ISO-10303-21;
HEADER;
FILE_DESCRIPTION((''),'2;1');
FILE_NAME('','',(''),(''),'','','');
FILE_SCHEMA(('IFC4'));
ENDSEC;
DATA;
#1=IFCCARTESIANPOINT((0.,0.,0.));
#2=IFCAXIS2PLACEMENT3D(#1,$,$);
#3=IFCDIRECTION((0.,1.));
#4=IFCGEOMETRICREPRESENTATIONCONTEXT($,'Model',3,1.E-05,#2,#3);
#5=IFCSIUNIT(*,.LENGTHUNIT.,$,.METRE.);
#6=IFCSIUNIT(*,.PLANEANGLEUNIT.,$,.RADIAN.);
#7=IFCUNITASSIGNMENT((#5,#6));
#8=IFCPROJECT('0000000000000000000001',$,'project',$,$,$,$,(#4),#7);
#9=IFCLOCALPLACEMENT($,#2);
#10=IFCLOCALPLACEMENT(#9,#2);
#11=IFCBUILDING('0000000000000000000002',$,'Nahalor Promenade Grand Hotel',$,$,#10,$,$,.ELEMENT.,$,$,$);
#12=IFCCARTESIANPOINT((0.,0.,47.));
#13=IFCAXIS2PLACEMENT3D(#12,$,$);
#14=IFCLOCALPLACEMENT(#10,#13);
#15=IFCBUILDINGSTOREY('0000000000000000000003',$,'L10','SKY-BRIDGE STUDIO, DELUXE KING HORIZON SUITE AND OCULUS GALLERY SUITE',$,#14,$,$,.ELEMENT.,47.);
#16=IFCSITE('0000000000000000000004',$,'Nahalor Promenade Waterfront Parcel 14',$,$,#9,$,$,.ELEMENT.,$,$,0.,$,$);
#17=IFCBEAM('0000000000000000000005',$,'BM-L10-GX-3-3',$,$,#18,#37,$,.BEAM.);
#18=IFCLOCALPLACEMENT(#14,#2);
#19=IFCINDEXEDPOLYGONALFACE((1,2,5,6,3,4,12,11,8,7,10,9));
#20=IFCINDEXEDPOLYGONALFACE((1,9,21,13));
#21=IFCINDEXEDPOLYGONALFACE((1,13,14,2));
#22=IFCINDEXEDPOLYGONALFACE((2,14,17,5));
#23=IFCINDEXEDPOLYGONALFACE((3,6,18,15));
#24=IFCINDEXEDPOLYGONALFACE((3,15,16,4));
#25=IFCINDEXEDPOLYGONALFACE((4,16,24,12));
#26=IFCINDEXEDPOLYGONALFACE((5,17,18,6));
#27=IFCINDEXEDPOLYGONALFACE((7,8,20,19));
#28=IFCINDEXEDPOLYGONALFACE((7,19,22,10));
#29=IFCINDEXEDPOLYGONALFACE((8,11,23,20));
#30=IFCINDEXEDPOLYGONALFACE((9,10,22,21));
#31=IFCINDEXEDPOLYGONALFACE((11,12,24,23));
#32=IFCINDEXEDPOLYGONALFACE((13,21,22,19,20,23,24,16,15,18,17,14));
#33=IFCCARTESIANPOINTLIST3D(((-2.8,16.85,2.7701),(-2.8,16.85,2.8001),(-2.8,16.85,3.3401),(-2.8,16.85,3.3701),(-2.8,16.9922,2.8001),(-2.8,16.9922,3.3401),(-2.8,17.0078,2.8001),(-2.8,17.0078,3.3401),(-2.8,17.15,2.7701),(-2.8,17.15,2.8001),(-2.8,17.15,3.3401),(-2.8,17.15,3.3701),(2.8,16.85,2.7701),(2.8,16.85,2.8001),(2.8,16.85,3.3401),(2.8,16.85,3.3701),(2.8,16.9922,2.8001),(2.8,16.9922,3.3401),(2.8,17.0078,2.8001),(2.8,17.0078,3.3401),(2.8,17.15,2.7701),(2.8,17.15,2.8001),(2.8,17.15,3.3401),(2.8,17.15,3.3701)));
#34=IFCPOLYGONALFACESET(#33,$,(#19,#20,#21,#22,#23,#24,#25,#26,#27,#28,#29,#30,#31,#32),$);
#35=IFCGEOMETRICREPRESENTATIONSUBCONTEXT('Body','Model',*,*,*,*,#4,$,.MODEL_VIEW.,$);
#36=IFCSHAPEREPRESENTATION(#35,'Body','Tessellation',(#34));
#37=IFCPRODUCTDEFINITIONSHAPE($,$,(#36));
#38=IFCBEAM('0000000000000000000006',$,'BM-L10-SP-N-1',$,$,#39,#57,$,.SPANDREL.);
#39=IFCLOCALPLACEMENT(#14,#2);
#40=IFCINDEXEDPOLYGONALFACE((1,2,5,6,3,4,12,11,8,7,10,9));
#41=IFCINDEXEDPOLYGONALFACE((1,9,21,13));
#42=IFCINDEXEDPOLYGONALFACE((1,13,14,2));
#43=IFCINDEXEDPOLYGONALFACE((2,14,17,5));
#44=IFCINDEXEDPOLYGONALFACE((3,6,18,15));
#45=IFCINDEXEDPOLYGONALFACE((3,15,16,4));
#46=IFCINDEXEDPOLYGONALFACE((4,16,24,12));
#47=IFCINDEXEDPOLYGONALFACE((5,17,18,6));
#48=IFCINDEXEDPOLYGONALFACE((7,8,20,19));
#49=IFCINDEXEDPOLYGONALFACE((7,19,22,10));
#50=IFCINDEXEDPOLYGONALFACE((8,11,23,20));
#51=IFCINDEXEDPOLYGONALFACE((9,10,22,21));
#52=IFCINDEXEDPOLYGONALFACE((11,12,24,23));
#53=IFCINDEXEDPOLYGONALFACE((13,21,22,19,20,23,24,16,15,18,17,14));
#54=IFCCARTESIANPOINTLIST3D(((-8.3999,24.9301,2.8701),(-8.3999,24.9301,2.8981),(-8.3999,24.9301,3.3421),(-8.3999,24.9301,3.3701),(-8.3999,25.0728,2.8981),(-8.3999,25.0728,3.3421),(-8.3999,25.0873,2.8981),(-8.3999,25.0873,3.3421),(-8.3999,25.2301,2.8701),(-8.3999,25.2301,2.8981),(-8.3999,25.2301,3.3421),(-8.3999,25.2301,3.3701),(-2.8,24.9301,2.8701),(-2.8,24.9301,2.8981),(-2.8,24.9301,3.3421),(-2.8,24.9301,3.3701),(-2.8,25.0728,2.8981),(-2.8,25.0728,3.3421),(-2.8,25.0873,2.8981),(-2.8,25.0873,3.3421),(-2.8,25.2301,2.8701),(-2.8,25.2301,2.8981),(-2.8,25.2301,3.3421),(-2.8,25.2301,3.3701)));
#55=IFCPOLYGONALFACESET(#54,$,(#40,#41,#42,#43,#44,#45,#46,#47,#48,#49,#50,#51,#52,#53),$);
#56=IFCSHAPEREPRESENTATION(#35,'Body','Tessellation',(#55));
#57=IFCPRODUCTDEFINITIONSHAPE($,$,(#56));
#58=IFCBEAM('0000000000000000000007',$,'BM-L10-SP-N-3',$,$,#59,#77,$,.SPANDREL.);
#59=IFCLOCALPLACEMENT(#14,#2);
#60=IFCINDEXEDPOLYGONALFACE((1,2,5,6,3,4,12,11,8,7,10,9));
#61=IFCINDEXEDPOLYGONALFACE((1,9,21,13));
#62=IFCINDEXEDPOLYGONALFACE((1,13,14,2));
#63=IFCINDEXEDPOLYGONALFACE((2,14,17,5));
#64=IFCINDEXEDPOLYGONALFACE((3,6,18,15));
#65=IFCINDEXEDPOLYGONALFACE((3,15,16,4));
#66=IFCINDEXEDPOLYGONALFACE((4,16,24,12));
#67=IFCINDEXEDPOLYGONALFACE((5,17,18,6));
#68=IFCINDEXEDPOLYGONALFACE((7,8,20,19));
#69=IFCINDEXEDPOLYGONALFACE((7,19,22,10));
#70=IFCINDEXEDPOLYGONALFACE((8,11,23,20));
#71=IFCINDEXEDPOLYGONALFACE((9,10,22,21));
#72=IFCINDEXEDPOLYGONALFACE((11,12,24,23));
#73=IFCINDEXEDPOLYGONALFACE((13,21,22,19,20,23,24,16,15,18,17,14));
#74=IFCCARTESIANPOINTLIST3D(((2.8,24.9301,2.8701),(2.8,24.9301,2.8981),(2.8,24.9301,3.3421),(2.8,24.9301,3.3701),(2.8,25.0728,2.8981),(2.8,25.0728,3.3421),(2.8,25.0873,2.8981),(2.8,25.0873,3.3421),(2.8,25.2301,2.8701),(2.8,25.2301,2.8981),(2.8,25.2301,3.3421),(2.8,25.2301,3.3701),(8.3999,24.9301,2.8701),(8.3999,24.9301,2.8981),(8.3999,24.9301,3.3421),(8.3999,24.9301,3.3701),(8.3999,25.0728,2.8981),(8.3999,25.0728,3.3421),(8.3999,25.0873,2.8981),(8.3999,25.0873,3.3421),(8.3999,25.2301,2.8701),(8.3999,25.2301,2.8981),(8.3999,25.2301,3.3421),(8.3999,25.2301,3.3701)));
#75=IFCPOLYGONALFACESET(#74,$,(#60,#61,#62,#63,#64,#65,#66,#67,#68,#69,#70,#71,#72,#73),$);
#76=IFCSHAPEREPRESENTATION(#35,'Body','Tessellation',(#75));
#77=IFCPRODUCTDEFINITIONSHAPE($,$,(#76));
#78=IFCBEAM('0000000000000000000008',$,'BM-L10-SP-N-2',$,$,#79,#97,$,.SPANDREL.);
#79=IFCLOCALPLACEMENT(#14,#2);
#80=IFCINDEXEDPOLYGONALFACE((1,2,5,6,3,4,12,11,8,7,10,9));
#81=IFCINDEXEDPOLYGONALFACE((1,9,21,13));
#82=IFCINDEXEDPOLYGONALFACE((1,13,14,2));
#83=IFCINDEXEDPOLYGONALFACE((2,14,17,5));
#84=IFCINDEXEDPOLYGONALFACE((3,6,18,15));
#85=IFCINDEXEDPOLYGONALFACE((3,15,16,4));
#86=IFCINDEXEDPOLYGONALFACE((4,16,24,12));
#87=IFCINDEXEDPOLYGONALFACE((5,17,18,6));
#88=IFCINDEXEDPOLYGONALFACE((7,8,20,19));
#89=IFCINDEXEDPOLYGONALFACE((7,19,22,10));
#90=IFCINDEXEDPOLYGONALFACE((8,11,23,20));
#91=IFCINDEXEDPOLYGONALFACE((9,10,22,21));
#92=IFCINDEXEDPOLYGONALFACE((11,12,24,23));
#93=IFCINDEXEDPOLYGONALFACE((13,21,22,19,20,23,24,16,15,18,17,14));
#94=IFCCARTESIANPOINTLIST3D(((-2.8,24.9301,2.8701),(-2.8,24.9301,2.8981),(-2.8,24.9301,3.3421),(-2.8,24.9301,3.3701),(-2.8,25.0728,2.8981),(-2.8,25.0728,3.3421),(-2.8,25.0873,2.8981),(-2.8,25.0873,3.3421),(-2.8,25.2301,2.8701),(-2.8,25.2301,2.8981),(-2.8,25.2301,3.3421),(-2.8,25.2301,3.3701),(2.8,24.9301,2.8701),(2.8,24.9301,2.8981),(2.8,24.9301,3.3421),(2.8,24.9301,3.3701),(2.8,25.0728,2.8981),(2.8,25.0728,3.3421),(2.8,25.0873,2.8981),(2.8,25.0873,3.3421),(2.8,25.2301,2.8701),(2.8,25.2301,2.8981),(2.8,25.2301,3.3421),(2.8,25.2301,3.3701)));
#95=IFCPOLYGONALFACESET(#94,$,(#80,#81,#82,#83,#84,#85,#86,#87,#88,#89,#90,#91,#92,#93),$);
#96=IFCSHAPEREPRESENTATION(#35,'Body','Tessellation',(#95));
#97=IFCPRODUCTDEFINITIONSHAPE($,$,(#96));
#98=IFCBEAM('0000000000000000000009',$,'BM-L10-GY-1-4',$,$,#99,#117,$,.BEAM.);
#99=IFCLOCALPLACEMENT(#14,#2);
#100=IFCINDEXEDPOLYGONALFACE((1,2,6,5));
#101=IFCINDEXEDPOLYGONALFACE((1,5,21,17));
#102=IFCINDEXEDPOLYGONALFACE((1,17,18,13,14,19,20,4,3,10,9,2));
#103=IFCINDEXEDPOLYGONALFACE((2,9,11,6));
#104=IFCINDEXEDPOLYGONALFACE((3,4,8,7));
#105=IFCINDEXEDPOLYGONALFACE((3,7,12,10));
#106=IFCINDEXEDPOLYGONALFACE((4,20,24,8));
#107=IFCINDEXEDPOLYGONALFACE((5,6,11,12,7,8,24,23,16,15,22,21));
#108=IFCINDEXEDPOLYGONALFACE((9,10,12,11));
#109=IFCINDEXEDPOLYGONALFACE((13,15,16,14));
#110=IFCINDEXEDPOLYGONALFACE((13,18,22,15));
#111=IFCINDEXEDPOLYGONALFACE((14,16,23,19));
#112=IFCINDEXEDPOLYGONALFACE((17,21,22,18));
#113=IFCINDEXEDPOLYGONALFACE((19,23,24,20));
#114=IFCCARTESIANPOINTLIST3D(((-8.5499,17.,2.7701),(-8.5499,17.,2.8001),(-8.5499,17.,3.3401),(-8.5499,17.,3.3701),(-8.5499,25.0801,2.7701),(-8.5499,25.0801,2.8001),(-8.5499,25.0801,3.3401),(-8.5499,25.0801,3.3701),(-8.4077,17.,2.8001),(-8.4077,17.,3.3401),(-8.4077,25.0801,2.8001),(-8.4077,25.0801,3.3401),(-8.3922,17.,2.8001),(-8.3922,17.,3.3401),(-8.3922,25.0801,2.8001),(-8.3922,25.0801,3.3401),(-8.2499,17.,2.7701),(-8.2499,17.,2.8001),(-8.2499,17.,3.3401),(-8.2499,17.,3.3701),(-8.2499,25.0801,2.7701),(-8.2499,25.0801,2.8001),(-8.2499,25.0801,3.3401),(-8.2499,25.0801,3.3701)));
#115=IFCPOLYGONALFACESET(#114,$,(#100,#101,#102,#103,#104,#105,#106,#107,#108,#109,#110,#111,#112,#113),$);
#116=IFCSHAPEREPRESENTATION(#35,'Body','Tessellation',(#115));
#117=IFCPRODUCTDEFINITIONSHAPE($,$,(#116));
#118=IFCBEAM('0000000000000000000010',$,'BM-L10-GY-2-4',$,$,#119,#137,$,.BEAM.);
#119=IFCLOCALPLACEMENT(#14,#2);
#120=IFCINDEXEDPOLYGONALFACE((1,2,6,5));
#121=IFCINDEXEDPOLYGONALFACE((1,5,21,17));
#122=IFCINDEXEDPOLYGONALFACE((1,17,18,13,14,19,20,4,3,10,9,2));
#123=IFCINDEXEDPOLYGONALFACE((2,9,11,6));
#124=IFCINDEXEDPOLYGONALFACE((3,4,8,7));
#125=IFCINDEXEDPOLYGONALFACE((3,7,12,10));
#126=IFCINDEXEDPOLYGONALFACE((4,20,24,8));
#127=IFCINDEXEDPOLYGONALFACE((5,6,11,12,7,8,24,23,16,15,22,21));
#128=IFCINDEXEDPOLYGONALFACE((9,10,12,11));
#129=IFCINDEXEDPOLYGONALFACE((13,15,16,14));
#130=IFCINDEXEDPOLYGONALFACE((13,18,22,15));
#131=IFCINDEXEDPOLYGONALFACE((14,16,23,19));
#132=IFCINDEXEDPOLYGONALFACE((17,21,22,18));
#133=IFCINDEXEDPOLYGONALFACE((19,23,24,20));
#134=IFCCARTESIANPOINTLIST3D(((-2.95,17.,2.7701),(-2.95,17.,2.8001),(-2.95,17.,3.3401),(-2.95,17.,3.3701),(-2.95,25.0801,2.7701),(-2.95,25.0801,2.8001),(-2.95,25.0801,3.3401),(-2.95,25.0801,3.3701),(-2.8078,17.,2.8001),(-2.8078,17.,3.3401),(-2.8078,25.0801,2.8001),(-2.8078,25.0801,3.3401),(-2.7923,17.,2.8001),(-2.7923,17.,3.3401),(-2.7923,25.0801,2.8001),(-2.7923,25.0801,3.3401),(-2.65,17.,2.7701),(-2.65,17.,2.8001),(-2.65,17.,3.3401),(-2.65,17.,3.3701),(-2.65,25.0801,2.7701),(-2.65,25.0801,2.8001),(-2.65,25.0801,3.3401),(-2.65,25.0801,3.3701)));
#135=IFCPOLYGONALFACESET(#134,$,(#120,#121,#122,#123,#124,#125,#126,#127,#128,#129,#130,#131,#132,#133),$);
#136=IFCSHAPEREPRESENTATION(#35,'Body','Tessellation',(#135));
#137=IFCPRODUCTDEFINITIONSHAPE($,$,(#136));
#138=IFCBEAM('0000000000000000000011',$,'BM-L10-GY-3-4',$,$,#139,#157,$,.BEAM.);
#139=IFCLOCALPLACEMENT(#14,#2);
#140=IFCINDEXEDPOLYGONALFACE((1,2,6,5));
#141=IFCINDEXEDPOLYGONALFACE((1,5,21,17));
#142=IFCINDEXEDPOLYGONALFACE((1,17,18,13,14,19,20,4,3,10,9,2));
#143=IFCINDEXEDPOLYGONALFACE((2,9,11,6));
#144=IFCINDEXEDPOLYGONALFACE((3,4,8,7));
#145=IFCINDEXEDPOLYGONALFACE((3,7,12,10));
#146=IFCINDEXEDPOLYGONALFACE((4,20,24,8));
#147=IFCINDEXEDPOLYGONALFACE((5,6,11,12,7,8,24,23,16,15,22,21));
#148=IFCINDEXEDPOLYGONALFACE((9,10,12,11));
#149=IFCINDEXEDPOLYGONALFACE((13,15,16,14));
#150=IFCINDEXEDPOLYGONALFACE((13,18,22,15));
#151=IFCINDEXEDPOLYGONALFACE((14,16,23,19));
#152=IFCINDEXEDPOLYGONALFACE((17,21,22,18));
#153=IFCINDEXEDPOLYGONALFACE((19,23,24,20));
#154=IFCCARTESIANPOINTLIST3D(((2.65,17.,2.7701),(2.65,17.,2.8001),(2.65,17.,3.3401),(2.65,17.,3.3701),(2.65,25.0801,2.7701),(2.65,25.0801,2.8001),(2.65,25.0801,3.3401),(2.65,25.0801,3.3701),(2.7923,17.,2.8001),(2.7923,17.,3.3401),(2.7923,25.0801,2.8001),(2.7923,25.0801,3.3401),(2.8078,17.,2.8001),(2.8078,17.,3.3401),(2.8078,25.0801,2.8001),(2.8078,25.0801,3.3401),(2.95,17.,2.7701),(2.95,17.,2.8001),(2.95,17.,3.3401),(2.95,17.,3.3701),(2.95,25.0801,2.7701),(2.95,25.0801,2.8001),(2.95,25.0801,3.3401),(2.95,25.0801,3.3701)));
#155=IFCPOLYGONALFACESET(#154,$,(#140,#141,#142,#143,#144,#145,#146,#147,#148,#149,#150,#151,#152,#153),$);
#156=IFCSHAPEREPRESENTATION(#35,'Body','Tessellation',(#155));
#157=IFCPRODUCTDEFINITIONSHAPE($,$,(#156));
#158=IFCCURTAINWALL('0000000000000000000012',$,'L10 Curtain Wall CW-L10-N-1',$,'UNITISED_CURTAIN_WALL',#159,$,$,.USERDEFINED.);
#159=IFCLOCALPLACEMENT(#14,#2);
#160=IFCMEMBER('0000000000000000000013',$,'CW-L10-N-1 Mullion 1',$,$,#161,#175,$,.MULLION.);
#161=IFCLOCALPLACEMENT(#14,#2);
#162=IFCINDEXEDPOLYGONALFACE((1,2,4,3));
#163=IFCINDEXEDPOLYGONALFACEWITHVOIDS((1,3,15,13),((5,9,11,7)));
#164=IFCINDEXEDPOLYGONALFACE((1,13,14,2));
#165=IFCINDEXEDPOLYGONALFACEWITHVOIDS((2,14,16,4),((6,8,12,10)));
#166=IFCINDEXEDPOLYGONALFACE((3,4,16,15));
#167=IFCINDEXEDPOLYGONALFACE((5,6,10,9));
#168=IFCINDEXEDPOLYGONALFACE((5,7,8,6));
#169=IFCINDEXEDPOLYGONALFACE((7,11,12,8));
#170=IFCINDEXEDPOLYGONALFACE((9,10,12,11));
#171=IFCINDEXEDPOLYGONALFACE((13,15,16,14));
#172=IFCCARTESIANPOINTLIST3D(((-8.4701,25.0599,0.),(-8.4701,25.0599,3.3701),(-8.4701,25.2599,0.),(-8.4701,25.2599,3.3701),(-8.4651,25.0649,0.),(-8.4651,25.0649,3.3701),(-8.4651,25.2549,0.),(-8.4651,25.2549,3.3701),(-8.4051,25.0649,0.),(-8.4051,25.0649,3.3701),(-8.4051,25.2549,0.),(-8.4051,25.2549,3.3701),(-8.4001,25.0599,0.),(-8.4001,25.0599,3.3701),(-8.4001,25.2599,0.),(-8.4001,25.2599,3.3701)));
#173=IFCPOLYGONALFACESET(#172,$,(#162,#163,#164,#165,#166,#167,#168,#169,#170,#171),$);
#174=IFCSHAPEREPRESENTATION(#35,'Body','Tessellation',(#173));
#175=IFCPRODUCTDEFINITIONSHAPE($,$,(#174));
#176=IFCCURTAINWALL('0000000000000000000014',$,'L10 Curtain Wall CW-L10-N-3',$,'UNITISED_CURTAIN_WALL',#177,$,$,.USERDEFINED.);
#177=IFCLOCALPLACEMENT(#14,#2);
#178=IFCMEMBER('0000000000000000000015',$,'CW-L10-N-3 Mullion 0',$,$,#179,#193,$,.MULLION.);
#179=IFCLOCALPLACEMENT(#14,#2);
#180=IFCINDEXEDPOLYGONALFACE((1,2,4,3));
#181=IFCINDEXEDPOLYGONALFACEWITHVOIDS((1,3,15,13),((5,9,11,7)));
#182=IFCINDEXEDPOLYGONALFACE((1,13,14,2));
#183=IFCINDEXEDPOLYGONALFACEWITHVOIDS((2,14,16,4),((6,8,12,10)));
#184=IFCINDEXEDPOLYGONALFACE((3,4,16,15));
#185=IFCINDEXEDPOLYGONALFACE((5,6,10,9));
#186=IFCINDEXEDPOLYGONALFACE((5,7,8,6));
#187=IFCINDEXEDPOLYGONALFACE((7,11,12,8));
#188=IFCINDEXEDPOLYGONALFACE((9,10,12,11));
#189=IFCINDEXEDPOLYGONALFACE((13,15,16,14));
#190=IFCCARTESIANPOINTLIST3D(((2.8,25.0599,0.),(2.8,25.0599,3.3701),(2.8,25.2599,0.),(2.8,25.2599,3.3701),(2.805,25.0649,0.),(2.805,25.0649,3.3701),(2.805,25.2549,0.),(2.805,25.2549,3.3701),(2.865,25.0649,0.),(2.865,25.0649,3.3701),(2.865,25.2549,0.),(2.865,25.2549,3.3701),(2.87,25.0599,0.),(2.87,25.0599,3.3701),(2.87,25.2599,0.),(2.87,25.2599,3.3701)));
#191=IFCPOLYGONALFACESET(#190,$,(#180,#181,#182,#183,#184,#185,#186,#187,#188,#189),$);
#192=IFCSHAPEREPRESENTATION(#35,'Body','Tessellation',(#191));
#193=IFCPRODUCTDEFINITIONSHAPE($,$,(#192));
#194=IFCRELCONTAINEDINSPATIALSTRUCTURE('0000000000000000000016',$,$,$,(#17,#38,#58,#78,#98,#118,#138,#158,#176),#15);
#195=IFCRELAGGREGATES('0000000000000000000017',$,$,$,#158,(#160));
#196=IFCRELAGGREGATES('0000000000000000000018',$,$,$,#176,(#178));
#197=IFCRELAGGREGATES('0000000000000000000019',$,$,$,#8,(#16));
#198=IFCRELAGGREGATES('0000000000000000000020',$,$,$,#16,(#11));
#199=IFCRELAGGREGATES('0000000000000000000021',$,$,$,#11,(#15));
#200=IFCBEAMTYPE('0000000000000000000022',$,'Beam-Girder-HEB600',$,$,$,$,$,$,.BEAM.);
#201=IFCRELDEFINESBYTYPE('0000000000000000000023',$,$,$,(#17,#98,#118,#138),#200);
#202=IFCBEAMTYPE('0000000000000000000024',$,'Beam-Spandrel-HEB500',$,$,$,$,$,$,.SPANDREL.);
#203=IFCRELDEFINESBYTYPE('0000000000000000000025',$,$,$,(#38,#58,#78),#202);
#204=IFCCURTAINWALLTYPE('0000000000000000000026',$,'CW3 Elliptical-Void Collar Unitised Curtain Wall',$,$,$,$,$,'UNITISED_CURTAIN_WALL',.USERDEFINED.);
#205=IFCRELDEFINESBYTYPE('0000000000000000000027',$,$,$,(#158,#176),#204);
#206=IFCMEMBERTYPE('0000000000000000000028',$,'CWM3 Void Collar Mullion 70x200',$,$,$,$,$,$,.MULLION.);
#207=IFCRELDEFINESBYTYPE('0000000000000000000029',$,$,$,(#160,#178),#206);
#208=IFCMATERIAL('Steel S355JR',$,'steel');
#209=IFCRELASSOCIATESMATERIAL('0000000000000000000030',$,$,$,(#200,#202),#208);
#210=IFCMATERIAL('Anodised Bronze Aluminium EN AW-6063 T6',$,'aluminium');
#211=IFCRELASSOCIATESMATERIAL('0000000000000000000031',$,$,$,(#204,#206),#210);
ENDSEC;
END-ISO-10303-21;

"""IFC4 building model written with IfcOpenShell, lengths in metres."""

from ifc_helpers import new_model, si_unit, direction, frame, origin, origin_2d, place, context, subcontext, project, spatial, hollow_rectangle, i_section, extrude, source, transform, mapped, material, material_profile, profile_set, type_object, element, aggregate, save


model = new_model("IFC4")

# Units and contexts
model_context = context("Model", 3, precision=1e-05, world=origin(), true_north=direction((0.0, 1.0)))
body_context = subcontext(model_context, "Body", "Model", "MODEL_VIEW")
ifc_project = project(units=[si_unit("LENGTHUNIT", "METRE"), si_unit("PLANEANGLEUNIT", "RADIAN")], contexts=[model_context])

# Site, building, storey
site_placement = place(None, origin())
site = spatial("IfcSite", under=ifc_project, at=site_placement, Name="Nahalor Promenade Waterfront Parcel 14", CompositionType="ELEMENT", RefElevation=0.0)
building_placement = place(site_placement, origin())
building = spatial("IfcBuilding", under=site, at=building_placement, Name="Nahalor Promenade Grand Hotel", CompositionType="ELEMENT")
storey_placement = place(building_placement, frame((0.0, 0.0, 47.0)))
storey = spatial("IfcBuildingStorey", under=building, at=storey_placement, Name="L10", Description="SKY-BRIDGE STUDIO, DELUXE KING HORIZON SUITE AND OCULUS GALLERY SUITE", CompositionType="ELEMENT", Elevation=47.0)

# Beams
ifc_material_1 = material(Name="Steel S355JR", Category="steel")
ifc_material_profile_1 = material_profile(ifc_material_1, i_section(OverallWidth=0.3, OverallDepth=0.6, WebThickness=0.0155, FlangeThickness=0.03, at=origin_2d()), Name="HEB 600")
ifc_profile_set_1 = profile_set([ifc_material_profile_1], Name="Steel S355JR")
beam_type_1 = type_object("IfcBeamType", Name="Beam-Girder-HEB600", PredefinedType="BEAM", material=ifc_profile_set_1)
shared_shape_1 = source(origin(), body_context, "Body", "SweptSolid", [
    extrude(i_section(OverallWidth=0.3, OverallDepth=0.6, WebThickness=0.0155, FlangeThickness=0.03, at=origin_2d()), origin(), (0.0, 0.0, 1.0), 5.6001),
])
beam_1_placement = place(storey_placement, frame((-2.8, 17.0, 3.0701), z_axis=(1.0, 0.0, 0.0), x_axis=(0.0, 1.0, 0.0)))
element("IfcBeam", 1, at=beam_1_placement, inside=storey, type_object=beam_type_1, Name="BM-L10-GX-3-3", PredefinedType="BEAM", context=body_context, shape_type="MappedRepresentation", body=[
    mapped(shared_shape_1, transform((0.0, 0.0, 0.0), scale=1.0)),
])
ifc_material_profile_2 = material_profile(ifc_material_1, i_section(OverallWidth=0.3, OverallDepth=0.5, WebThickness=0.0145, FlangeThickness=0.028, at=origin_2d()), Name="HEB 500")
ifc_profile_set_2 = profile_set([ifc_material_profile_2], Name="Steel S355JR")
beam_type_2 = type_object("IfcBeamType", Name="Beam-Spandrel-HEB500", PredefinedType="SPANDREL", material=ifc_profile_set_2)
shared_shape_2 = source(origin(), body_context, "Body", "SweptSolid", [
    extrude(i_section(OverallWidth=0.3, OverallDepth=0.5, WebThickness=0.0145, FlangeThickness=0.028, at=origin_2d()), origin(), (0.0, 0.0, 1.0), 5.5999),
])
for number, where, z_axis, x_axis, name in (
    (2, (-8.3999, 25.0801, 3.1201), (1.0, 0.0, 0.0), (0.0, 1.0, 0.0), "BM-L10-SP-N-1"),
    (3, (2.8, 25.0801, 3.1201), (1.0, 0.0, 0.0), (0.0, 1.0, 0.0), "BM-L10-SP-N-3"),
):
    element("IfcBeam", number, at=place(storey_placement, frame(where, z_axis=z_axis, x_axis=x_axis)), inside=storey, type_object=beam_type_2, Name=name, PredefinedType="SPANDREL", context=body_context, shape_type="MappedRepresentation", body=[
        mapped(shared_shape_2, transform((0.0, 0.0, 0.0), scale=1.0)),
    ])
shared_shape_3 = source(origin(), body_context, "Body", "SweptSolid", [
    extrude(i_section(OverallWidth=0.3, OverallDepth=0.5, WebThickness=0.0145, FlangeThickness=0.028, at=origin_2d()), origin(), (0.0, 0.0, 1.0), 5.6001),
])
beam_2_placement = place(storey_placement, frame((-2.8, 25.0801, 3.1201), z_axis=(1.0, 0.0, 0.0), x_axis=(0.0, 1.0, 0.0)))
element("IfcBeam", 4, at=beam_2_placement, inside=storey, type_object=beam_type_2, Name="BM-L10-SP-N-2", PredefinedType="SPANDREL", context=body_context, shape_type="MappedRepresentation", body=[
    mapped(shared_shape_3, transform((0.0, 0.0, 0.0), scale=1.0)),
])
shared_shape_4 = source(origin(), body_context, "Body", "SweptSolid", [
    extrude(i_section(OverallWidth=0.3, OverallDepth=0.6, WebThickness=0.0155, FlangeThickness=0.03, at=origin_2d()), origin(), (0.0, 0.0, 1.0), 8.0801),
])
for number, where, z_axis, x_axis, name in (
    (5, (-8.3999, 17.0, 3.0701), (0.0, 1.0, 0.0), (-1.0, 0.0, 0.0), "BM-L10-GY-1-4"),
    (6, (-2.8, 17.0, 3.0701), (0.0, 1.0, 0.0), (-1.0, 0.0, 0.0), "BM-L10-GY-2-4"),
    (7, (2.8, 17.0, 3.0701), (0.0, 1.0, 0.0), (-1.0, 0.0, 0.0), "BM-L10-GY-3-4"),
):
    element("IfcBeam", number, at=place(storey_placement, frame(where, z_axis=z_axis, x_axis=x_axis)), inside=storey, type_object=beam_type_1, Name=name, PredefinedType="BEAM", context=body_context, shape_type="MappedRepresentation", body=[
        mapped(shared_shape_4, transform((0.0, 0.0, 0.0), scale=1.0)),
    ])

# Curtain wall, member
ifc_material_2 = material(Name="Anodised Bronze Aluminium EN AW-6063 T6", Category="aluminium")
curtain_wall_type = type_object("IfcCurtainWallType", Name="CW3 Elliptical-Void Collar Unitised Curtain Wall", ElementType="UNITISED_CURTAIN_WALL", PredefinedType="USERDEFINED", material=ifc_material_2)
curtain_wall_1_placement = place(storey_placement, origin())
curtain_wall_1 = element("IfcCurtainWall", 8, at=curtain_wall_1_placement, inside=storey, type_object=curtain_wall_type, Name="L10 Curtain Wall CW-L10-N-1", ObjectType="UNITISED_CURTAIN_WALL", PredefinedType="USERDEFINED")
ifc_material_profile_3 = material_profile(ifc_material_2, hollow_rectangle(XDim=0.07, YDim=0.2, WallThickness=0.005, at=origin_2d()), Name="CWM 70x200x5")
ifc_profile_set_3 = profile_set([ifc_material_profile_3], Name="Anodised Bronze Aluminium EN AW-6063 T6")
member_type_1 = type_object("IfcMemberType", Name="CWM3 Void Collar Mullion 70x200", PredefinedType="MULLION", material=ifc_profile_set_3)
shared_shape_5 = source(origin(), body_context, "Body", "SweptSolid", [
    extrude(hollow_rectangle(XDim=0.07, YDim=0.2, WallThickness=0.005, at=origin_2d()), origin(), (0.0, 0.0, 1.0), 3.3701),
])
member_1_placement = place(storey_placement, frame((-8.4351, 25.1599, 0.0), z_axis=(0.0, 0.0, 1.0), x_axis=(1.0, 0.0, 0.0)))
member_1 = element("IfcMember", 9, at=member_1_placement, type_object=member_type_1, Name="CW-L10-N-1 Mullion 1", PredefinedType="MULLION", context=body_context, shape_type="MappedRepresentation", body=[
    mapped(shared_shape_5, transform((0.0, 0.0, 0.0), scale=1.0)),
])
aggregate(curtain_wall_1, [member_1])

# Curtain wall, member
curtain_wall_2_placement = place(storey_placement, origin())
curtain_wall_2 = element("IfcCurtainWall", 10, at=curtain_wall_2_placement, inside=storey, type_object=curtain_wall_type, Name="L10 Curtain Wall CW-L10-N-3", ObjectType="UNITISED_CURTAIN_WALL", PredefinedType="USERDEFINED")
member_2_placement = place(storey_placement, frame((2.835, 25.1599, 0.0), z_axis=(0.0, 0.0, 1.0), x_axis=(1.0, 0.0, 0.0)))
member_2 = element("IfcMember", 11, at=member_2_placement, type_object=member_type_1, Name="CW-L10-N-3 Mullion 0", PredefinedType="MULLION", context=body_context, shape_type="MappedRepresentation", body=[
    mapped(shared_shape_5, transform((0.0, 0.0, 0.0), scale=1.0)),
])
aggregate(curtain_wall_2, [member_2])

save(model, "model.ifc")
